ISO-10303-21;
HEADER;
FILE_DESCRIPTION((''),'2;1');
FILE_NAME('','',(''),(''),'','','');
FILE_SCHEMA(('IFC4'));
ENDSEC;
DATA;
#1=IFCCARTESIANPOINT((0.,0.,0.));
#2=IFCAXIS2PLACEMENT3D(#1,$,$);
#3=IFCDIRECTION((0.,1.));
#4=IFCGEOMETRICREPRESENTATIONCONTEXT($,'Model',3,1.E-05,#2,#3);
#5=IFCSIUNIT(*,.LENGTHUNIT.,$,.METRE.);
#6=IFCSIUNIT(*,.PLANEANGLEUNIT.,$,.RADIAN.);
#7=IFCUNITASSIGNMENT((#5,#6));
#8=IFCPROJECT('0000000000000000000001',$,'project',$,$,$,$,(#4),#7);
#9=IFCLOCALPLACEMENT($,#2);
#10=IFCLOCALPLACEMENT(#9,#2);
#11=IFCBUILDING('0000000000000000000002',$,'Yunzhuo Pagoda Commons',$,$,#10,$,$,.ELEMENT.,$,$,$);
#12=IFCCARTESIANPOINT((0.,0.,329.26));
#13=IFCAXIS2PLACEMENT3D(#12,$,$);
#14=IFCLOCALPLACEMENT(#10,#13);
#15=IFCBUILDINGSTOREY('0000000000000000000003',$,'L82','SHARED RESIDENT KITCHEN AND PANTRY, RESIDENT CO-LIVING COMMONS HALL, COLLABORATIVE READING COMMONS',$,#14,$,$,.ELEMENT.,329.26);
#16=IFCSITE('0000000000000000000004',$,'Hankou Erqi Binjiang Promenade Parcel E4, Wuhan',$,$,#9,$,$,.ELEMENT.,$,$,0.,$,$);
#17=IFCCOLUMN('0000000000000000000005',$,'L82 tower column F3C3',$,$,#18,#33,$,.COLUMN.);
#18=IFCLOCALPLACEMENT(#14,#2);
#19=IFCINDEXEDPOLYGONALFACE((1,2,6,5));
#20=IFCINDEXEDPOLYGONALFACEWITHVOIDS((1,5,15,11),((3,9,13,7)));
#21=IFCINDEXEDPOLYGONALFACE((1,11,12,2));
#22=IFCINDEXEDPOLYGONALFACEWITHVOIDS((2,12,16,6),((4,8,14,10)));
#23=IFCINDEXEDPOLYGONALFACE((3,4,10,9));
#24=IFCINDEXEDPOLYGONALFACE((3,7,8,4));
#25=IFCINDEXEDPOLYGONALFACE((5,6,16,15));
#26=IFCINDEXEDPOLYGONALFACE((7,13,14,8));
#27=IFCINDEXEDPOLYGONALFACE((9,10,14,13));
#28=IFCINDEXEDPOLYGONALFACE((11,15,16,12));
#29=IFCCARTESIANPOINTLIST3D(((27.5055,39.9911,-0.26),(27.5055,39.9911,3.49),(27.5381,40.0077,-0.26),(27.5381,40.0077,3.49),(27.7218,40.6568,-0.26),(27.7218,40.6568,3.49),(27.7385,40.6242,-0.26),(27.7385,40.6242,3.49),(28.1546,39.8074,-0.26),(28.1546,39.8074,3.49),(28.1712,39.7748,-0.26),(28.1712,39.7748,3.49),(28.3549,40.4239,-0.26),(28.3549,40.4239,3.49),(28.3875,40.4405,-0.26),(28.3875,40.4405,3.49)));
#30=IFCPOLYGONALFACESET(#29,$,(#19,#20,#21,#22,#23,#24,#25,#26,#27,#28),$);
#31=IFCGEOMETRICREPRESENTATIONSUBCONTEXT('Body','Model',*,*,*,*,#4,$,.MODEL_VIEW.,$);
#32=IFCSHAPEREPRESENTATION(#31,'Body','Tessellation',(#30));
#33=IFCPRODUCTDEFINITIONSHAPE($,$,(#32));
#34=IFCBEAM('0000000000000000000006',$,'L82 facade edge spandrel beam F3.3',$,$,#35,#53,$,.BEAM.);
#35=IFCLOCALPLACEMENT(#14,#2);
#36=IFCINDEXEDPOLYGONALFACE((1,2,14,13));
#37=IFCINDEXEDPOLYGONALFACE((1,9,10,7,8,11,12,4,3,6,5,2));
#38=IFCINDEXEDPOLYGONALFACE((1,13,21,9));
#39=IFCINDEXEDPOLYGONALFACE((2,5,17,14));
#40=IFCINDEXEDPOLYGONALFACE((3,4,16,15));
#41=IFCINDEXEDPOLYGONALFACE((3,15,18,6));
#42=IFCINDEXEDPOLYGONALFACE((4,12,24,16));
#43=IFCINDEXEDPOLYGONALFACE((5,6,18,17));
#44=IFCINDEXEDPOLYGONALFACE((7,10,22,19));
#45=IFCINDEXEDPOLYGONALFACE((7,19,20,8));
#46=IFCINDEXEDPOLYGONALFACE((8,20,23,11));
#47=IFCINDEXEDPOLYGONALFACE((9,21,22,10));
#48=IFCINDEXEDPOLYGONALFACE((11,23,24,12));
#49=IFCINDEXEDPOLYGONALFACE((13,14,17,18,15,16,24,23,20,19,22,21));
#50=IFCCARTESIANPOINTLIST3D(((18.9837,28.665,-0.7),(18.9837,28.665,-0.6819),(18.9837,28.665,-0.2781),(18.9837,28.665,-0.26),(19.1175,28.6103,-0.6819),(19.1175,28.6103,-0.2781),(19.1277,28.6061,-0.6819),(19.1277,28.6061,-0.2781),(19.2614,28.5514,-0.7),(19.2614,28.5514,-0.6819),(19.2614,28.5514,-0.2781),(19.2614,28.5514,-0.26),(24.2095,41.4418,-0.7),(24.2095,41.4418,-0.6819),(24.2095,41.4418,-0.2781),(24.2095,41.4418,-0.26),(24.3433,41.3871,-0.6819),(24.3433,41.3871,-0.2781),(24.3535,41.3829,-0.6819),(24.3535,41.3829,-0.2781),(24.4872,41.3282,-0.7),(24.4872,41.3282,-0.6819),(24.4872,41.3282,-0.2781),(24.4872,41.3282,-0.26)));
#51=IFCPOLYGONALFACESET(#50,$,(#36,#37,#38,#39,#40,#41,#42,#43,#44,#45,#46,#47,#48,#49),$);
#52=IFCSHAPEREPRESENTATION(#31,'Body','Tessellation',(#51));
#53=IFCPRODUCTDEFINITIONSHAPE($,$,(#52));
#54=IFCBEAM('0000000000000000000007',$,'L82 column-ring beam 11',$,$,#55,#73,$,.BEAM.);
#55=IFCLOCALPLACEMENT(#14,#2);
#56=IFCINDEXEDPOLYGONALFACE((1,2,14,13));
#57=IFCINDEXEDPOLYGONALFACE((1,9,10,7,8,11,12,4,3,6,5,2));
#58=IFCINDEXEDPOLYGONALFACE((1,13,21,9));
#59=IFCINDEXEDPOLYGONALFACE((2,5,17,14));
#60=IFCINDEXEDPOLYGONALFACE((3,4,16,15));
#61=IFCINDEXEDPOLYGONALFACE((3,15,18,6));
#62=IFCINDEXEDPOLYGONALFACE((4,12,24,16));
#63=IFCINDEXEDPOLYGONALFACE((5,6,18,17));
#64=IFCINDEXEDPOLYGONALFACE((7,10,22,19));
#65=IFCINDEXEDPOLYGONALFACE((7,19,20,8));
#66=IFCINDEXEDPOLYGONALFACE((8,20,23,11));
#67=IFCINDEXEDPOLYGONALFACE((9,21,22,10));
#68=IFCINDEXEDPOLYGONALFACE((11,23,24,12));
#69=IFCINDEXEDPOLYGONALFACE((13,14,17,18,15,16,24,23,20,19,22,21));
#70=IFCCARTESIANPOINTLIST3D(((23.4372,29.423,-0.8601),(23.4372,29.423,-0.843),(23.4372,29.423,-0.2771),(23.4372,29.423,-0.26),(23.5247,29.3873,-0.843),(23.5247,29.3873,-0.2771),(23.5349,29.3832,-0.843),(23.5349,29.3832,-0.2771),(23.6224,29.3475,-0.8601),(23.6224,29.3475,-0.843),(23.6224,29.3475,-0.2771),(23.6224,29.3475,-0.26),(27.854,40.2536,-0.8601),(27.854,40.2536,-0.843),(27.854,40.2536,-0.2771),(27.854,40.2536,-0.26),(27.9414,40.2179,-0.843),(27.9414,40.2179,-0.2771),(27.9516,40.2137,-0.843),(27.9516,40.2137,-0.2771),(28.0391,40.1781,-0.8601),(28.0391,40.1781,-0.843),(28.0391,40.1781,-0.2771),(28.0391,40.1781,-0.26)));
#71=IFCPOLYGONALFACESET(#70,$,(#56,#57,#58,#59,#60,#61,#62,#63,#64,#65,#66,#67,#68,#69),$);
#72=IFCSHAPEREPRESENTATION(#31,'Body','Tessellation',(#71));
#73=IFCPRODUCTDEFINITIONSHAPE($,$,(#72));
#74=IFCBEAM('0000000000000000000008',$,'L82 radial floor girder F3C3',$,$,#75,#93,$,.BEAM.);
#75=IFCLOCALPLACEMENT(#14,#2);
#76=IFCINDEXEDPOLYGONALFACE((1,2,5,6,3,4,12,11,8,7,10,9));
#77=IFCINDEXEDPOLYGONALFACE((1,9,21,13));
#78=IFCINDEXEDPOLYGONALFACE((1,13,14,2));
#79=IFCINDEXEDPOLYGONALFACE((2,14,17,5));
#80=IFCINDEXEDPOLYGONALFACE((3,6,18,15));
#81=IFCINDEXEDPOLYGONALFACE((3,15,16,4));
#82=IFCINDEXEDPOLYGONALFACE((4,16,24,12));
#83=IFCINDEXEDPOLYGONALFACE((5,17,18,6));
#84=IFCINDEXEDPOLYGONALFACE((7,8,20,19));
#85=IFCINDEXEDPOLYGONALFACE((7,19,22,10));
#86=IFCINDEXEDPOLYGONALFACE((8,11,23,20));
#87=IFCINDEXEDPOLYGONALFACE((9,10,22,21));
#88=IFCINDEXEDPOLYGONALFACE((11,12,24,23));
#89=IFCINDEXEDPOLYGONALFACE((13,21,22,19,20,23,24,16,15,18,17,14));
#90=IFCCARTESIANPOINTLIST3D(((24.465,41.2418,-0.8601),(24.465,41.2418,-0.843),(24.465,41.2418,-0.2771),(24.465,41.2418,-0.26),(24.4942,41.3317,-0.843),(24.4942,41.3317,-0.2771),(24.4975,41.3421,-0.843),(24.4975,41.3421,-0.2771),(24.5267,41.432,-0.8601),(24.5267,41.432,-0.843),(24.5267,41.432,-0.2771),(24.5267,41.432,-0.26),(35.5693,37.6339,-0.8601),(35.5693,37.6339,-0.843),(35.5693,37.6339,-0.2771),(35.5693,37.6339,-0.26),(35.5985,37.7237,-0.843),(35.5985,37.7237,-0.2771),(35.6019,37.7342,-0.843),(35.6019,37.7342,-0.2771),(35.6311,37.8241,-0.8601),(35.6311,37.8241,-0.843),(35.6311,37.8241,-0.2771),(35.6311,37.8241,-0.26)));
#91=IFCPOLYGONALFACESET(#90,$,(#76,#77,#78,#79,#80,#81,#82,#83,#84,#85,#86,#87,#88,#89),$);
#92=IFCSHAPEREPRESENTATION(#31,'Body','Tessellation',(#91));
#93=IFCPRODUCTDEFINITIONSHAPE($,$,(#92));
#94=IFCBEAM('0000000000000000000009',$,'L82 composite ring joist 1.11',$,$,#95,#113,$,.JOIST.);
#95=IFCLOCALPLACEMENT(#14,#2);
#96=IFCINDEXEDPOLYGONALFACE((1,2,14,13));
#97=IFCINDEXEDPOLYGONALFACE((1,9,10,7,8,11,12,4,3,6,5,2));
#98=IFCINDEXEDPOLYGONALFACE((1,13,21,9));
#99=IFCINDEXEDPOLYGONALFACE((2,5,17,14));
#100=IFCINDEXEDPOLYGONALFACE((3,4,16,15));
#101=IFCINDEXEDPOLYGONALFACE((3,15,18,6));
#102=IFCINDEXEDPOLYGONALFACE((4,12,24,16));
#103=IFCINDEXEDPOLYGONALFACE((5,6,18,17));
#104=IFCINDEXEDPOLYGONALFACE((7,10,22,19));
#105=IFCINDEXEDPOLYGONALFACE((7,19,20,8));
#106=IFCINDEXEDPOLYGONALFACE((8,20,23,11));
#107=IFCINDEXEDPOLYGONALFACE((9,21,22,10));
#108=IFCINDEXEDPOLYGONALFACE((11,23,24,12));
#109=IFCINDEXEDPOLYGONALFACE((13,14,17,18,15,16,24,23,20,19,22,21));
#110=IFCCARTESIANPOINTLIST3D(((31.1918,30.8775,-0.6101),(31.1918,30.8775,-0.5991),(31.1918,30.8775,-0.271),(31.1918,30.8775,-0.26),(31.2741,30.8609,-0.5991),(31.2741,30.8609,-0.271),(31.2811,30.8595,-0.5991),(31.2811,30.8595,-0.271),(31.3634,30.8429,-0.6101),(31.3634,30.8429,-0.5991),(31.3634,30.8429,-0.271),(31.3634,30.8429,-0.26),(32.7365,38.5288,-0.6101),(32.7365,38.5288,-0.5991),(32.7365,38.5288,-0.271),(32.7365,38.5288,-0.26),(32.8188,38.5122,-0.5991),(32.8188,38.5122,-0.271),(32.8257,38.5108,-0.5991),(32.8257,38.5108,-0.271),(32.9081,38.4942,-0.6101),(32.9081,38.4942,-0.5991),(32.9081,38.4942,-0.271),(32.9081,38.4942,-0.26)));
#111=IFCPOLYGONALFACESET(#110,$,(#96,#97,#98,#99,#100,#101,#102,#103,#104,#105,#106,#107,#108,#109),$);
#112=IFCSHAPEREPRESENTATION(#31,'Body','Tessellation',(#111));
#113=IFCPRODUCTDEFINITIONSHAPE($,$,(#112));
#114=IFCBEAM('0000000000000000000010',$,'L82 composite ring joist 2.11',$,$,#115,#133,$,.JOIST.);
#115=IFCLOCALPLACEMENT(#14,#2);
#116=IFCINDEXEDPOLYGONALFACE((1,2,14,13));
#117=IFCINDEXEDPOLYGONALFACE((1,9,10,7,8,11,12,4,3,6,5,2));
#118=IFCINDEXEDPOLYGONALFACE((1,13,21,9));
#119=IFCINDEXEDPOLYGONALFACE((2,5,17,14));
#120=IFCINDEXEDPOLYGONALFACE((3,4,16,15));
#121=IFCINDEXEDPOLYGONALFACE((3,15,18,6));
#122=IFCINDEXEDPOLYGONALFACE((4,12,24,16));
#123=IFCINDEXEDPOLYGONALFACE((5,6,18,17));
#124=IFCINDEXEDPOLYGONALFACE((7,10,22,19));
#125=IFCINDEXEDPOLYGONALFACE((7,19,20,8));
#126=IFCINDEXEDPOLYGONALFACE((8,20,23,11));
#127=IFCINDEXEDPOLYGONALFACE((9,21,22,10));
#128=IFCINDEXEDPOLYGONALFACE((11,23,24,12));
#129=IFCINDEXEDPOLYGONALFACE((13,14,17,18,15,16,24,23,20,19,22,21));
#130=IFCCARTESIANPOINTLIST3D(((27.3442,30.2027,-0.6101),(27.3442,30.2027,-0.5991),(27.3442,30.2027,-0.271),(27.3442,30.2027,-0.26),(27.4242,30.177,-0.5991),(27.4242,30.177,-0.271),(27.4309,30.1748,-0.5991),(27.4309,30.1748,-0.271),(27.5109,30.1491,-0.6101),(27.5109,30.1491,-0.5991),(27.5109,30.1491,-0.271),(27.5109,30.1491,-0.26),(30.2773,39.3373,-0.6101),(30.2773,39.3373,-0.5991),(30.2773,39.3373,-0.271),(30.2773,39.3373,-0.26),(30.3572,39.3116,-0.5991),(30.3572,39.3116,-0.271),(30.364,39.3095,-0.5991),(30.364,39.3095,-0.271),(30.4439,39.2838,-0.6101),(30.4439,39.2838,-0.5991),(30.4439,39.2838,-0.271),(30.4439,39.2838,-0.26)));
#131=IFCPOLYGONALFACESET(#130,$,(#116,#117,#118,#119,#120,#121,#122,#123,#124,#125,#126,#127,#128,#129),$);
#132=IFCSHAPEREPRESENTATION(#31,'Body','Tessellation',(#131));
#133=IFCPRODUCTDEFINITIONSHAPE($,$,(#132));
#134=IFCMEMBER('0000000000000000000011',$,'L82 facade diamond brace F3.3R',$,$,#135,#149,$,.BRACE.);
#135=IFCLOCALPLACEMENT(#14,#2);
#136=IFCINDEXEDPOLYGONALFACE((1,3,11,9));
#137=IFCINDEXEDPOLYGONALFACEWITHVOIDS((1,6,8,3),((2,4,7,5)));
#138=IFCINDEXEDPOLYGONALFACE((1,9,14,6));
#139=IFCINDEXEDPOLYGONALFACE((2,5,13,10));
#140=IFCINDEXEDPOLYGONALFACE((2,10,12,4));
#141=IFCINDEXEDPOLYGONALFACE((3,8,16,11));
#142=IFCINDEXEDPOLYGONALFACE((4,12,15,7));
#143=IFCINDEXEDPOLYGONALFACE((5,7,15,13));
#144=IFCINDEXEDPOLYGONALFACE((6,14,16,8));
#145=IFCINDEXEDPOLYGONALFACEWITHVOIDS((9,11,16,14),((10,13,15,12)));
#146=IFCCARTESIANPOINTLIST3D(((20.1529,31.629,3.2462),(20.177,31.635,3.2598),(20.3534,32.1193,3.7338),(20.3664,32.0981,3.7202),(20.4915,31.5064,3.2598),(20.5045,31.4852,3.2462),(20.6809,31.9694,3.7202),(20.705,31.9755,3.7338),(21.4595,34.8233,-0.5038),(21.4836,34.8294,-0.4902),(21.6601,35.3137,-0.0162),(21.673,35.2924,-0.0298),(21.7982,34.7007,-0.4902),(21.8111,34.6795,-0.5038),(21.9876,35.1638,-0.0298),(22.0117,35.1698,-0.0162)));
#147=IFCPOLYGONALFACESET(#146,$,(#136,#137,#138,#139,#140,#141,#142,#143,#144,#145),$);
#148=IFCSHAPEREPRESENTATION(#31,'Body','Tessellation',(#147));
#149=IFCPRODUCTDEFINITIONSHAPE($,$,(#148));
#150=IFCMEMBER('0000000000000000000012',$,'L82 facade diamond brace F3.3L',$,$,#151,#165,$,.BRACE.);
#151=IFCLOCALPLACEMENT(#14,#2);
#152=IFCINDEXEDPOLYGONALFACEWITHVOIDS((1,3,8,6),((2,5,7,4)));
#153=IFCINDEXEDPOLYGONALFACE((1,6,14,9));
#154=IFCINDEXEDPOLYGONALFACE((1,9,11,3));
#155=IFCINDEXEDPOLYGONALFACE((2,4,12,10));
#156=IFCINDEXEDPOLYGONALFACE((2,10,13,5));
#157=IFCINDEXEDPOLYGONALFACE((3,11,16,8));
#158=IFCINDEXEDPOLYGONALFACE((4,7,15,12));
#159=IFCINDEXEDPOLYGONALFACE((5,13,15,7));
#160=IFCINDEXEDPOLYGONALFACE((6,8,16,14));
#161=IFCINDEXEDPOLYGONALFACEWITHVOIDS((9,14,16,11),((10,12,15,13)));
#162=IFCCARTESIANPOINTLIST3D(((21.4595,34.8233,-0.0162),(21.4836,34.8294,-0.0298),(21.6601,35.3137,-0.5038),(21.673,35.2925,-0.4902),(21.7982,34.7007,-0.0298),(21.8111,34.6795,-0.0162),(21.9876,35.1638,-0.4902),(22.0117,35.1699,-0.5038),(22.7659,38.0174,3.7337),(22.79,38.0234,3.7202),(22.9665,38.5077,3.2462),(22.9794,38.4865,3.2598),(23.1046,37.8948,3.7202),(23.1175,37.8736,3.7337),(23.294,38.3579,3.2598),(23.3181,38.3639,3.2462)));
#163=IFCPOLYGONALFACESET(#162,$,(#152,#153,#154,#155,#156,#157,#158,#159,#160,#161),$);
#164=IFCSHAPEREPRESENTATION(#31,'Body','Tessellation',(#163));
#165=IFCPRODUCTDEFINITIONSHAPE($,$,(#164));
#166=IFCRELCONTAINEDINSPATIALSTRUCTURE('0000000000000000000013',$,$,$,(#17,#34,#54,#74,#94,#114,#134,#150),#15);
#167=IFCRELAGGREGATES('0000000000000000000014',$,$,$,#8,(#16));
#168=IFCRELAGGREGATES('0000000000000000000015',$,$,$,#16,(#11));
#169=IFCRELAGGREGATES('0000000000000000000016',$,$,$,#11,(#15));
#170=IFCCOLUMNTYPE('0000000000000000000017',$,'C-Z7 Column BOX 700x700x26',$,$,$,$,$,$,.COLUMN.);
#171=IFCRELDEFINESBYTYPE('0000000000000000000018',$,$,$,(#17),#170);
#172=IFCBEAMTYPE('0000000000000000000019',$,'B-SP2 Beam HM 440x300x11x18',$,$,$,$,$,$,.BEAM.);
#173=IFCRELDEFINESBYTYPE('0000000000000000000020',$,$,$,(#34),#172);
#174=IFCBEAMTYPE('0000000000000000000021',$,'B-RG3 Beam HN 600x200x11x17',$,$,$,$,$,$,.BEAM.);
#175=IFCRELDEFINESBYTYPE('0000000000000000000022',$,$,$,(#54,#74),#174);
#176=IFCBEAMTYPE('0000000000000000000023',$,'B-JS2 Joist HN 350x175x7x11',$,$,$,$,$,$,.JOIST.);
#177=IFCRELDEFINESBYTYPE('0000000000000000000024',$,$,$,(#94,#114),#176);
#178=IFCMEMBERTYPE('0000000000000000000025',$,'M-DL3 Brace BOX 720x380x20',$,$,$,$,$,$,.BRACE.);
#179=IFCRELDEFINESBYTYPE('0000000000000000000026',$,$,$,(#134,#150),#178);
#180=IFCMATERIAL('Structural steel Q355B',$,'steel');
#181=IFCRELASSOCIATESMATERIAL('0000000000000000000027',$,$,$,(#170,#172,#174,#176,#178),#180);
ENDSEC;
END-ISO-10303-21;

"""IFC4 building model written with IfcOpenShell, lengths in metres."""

from ifc_helpers import new_model, si_unit, direction, frame, origin, origin_2d, place, context, subcontext, project, spatial, hollow_rectangle, i_section, extrude, source, transform, mapped, material, material_profile, profile_set, type_object, element, save


model = new_model("IFC4")

# Units and contexts
model_context = context("Model", 3, precision=1e-05, world=origin(), true_north=direction((0.0, 1.0)))
body_context = subcontext(model_context, "Body", "Model", "MODEL_VIEW")
ifc_project = project(units=[si_unit("LENGTHUNIT", "METRE"), si_unit("PLANEANGLEUNIT", "RADIAN")], contexts=[model_context])

# Site, building, storey
site_placement = place(None, origin())
site = spatial("IfcSite", under=ifc_project, at=site_placement, Name="Hankou Erqi Binjiang Promenade Parcel E4, Wuhan", CompositionType="ELEMENT", RefElevation=0.0)
building_placement = place(site_placement, origin())
building = spatial("IfcBuilding", under=site, at=building_placement, Name="Yunzhuo Pagoda Commons", CompositionType="ELEMENT")
storey_placement = place(building_placement, frame((0.0, 0.0, 329.26)))
storey = spatial("IfcBuildingStorey", under=building, at=storey_placement, Name="L82", Description="SHARED RESIDENT KITCHEN AND PANTRY, RESIDENT CO-LIVING COMMONS HALL, COLLABORATIVE READING COMMONS", CompositionType="ELEMENT", Elevation=329.26)

# Column
ifc_material_1 = material(Name="Structural steel Q355B", Category="steel")
ifc_material_profile_1 = material_profile(ifc_material_1, hollow_rectangle(XDim=0.7, YDim=0.7, WallThickness=0.0259, at=origin_2d()), Name="Structural steel Q355B")
ifc_profile_set_1 = profile_set([ifc_material_profile_1], Name="Structural steel Q355B")
column_type = type_object("IfcColumnType", Name="C-Z7 Column BOX 700x700x26", PredefinedType="COLUMN", material=ifc_profile_set_1)
shared_shape_1 = source(origin(), body_context, "Body", "SweptSolid", [
    extrude(hollow_rectangle(XDim=0.7, YDim=0.7, WallThickness=0.0259, at=origin_2d()), origin(), (0.0, 0.0, 1.0), 3.75),
])
column_placement = place(storey_placement, frame((27.9465, 40.2158, -0.26), z_axis=(0.0, 0.0, 1.0), x_axis=(-0.309017, -0.951057, 0.0)))
element("IfcColumn", 1, at=column_placement, inside=storey, type_object=column_type, Name="L82 tower column F3C3", PredefinedType="COLUMN", context=body_context, shape_type="MappedRepresentation", body=[
    mapped(shared_shape_1, transform((0.0, 0.0, 0.0), scale=1.0)),
])

# Beams
ifc_material_profile_2 = material_profile(ifc_material_1, i_section(OverallWidth=0.3, OverallDepth=0.4399, WebThickness=0.011, FlangeThickness=0.0181, at=origin_2d()), Name="Structural steel Q355B")
ifc_profile_set_2 = profile_set([ifc_material_profile_2], Name="Structural steel Q355B")
beam_type_1 = type_object("IfcBeamType", Name="B-SP2 Beam HM 440x300x11x18", PredefinedType="BEAM", material=ifc_profile_set_2)
shared_shape_2 = source(origin(), body_context, "Body", "SweptSolid", [
    extrude(i_section(OverallWidth=0.3, OverallDepth=0.4399, WebThickness=0.011, FlangeThickness=0.0181, at=origin_2d()), origin(), (0.0, 0.0, 1.0), 13.8042),
])
beam_1_placement = place(storey_placement, frame((24.3484, 41.385, -0.48), z_axis=(-0.378567, -0.925574, 0.0), x_axis=(0.925574, -0.378567, 0.0)))
element("IfcBeam", 2, at=beam_1_placement, inside=storey, type_object=beam_type_1, Name="L82 facade edge spandrel beam F3.3", PredefinedType="BEAM", context=body_context, shape_type="MappedRepresentation", body=[
    mapped(shared_shape_2, transform((0.0, 0.0, 0.0), scale=1.0)),
])
ifc_material_profile_3 = material_profile(ifc_material_1, i_section(OverallWidth=0.2, OverallDepth=0.6001, WebThickness=0.011, FlangeThickness=0.0171, at=origin_2d()), Name="Structural steel Q355B")
ifc_profile_set_3 = profile_set([ifc_material_profile_3], Name="Structural steel Q355B")
beam_type_2 = type_object("IfcBeamType", Name="B-RG3 Beam HN 600x200x11x17", PredefinedType="BEAM", material=ifc_profile_set_3)
shared_shape_3 = source(origin(), body_context, "Body", "SweptSolid", [
    extrude(i_section(OverallWidth=0.2, OverallDepth=0.6001, WebThickness=0.011, FlangeThickness=0.0171, at=origin_2d()), origin(), (0.0, 0.0, 1.0), 11.6965),
])
beam_2_placement = place(storey_placement, frame((27.9465, 40.2158, -0.5601), z_axis=(-0.377612, -0.925964, 0.0), x_axis=(0.925964, -0.377612, 0.0)))
element("IfcBeam", 3, at=beam_2_placement, inside=storey, type_object=beam_type_2, Name="L82 column-ring beam 11", PredefinedType="BEAM", context=body_context, shape_type="MappedRepresentation", body=[
    mapped(shared_shape_3, transform((0.0, 0.0, 0.0), scale=1.0)),
])
shared_shape_4 = source(origin(), body_context, "Body", "SweptSolid", [
    extrude(i_section(OverallWidth=0.2, OverallDepth=0.6001, WebThickness=0.011, FlangeThickness=0.0171, at=origin_2d()), origin(), (0.0, 0.0, 1.0), 11.6758),
])
beam_3_placement = place(storey_placement, frame((24.4958, 41.3369, -0.5601), z_axis=(0.951058, -0.309011, 0.0), x_axis=(0.309011, 0.951058, 0.0)))
element("IfcBeam", 4, at=beam_3_placement, inside=storey, type_object=beam_type_2, Name="L82 radial floor girder F3C3", PredefinedType="BEAM", context=body_context, shape_type="MappedRepresentation", body=[
    mapped(shared_shape_4, transform((0.0, 0.0, 0.0), scale=1.0)),
])
ifc_material_profile_4 = material_profile(ifc_material_1, i_section(OverallWidth=0.175, OverallDepth=0.3501, WebThickness=0.0071, FlangeThickness=0.011, at=origin_2d()), Name="Structural steel Q355B")
ifc_profile_set_4 = profile_set([ifc_material_profile_4], Name="Structural steel Q355B")
beam_type_3 = type_object("IfcBeamType", Name="B-JS2 Joist HN 350x175x7x11", PredefinedType="JOIST", material=ifc_profile_set_4)
shared_shape_5 = source(origin(), body_context, "Body", "SweptSolid", [
    extrude(i_section(OverallWidth=0.175, OverallDepth=0.3501, WebThickness=0.0071, FlangeThickness=0.011, at=origin_2d()), origin(), (0.0, 0.0, 1.0), 7.8057),
])
beam_4_placement = place(storey_placement, frame((32.8223, 38.5115, -0.4351), z_axis=(-0.19789, -0.980224, 0.0), x_axis=(0.980224, -0.19789, 0.0)))
element("IfcBeam", 5, at=beam_4_placement, inside=storey, type_object=beam_type_3, Name="L82 composite ring joist 1.11", PredefinedType="JOIST", context=body_context, shape_type="MappedRepresentation", body=[
    mapped(shared_shape_5, transform((0.0, 0.0, 0.0), scale=1.0)),
])
shared_shape_6 = source(origin(), body_context, "Body", "SweptSolid", [
    extrude(i_section(OverallWidth=0.175, OverallDepth=0.3501, WebThickness=0.0071, FlangeThickness=0.011, at=origin_2d()), origin(), (0.0, 0.0, 1.0), 9.594),
])
beam_5_placement = place(storey_placement, frame((30.3606, 39.3105, -0.4351), z_axis=(-0.305719, -0.952122, 0.0), x_axis=(0.952122, -0.305719, 0.0)))
element("IfcBeam", 6, at=beam_5_placement, inside=storey, type_object=beam_type_3, Name="L82 composite ring joist 2.11", PredefinedType="JOIST", context=body_context, shape_type="MappedRepresentation", body=[
    mapped(shared_shape_6, transform((0.0, 0.0, 0.0), scale=1.0)),
])

# Members
ifc_material_profile_5 = material_profile(ifc_material_1, hollow_rectangle(XDim=0.3799, YDim=0.72, WallThickness=0.02, at=origin_2d()), Name="Structural steel Q355B")
ifc_profile_set_5 = profile_set([ifc_material_profile_5], Name="Structural steel Q355B")
member_type_1 = type_object("IfcMemberType", Name="M-DL3 Brace BOX 720x380x20", PredefinedType="BRACE", material=ifc_profile_set_5)
shared_shape_7 = source(origin(), body_context, "Body", "SweptSolid", [
    extrude(hollow_rectangle(XDim=0.3799, YDim=0.72, WallThickness=0.02, at=origin_2d()), origin(), (0.0, 0.0, 1.0), 5.0964),
])
member_1_placement = place(storey_placement, frame((21.7356, 34.9966, -0.26), z_axis=(-0.256384, -0.626779, 0.735809), x_axis=(0.92556, -0.3786, 0.0)))
element("IfcMember", 7, at=member_1_placement, inside=storey, type_object=member_type_1, Name="L82 facade diamond brace F3.3R", PredefinedType="BRACE", context=body_context, shape_type="MappedRepresentation", body=[
    mapped(shared_shape_7, transform((0.0, 0.0, 0.0), scale=1.0)),
])
shared_shape_8 = source(origin(), body_context, "Body", "SweptSolid", [
    extrude(hollow_rectangle(XDim=0.3799, YDim=0.72, WallThickness=0.02, at=origin_2d()), origin(), (0.0, 0.0, 1.0), 5.0962),
])
member_2_placement = place(storey_placement, frame((21.7356, 34.9966, -0.26), z_axis=(0.256346, 0.626758, 0.73584), x_axis=(-0.925575, 0.378564, 0.0)))
element("IfcMember", 8, at=member_2_placement, inside=storey, type_object=member_type_1, Name="L82 facade diamond brace F3.3L", PredefinedType="BRACE", context=body_context, shape_type="MappedRepresentation", body=[
    mapped(shared_shape_8, transform((0.0, 0.0, 0.0), scale=1.0)),
])

save(model, "model.ifc")
